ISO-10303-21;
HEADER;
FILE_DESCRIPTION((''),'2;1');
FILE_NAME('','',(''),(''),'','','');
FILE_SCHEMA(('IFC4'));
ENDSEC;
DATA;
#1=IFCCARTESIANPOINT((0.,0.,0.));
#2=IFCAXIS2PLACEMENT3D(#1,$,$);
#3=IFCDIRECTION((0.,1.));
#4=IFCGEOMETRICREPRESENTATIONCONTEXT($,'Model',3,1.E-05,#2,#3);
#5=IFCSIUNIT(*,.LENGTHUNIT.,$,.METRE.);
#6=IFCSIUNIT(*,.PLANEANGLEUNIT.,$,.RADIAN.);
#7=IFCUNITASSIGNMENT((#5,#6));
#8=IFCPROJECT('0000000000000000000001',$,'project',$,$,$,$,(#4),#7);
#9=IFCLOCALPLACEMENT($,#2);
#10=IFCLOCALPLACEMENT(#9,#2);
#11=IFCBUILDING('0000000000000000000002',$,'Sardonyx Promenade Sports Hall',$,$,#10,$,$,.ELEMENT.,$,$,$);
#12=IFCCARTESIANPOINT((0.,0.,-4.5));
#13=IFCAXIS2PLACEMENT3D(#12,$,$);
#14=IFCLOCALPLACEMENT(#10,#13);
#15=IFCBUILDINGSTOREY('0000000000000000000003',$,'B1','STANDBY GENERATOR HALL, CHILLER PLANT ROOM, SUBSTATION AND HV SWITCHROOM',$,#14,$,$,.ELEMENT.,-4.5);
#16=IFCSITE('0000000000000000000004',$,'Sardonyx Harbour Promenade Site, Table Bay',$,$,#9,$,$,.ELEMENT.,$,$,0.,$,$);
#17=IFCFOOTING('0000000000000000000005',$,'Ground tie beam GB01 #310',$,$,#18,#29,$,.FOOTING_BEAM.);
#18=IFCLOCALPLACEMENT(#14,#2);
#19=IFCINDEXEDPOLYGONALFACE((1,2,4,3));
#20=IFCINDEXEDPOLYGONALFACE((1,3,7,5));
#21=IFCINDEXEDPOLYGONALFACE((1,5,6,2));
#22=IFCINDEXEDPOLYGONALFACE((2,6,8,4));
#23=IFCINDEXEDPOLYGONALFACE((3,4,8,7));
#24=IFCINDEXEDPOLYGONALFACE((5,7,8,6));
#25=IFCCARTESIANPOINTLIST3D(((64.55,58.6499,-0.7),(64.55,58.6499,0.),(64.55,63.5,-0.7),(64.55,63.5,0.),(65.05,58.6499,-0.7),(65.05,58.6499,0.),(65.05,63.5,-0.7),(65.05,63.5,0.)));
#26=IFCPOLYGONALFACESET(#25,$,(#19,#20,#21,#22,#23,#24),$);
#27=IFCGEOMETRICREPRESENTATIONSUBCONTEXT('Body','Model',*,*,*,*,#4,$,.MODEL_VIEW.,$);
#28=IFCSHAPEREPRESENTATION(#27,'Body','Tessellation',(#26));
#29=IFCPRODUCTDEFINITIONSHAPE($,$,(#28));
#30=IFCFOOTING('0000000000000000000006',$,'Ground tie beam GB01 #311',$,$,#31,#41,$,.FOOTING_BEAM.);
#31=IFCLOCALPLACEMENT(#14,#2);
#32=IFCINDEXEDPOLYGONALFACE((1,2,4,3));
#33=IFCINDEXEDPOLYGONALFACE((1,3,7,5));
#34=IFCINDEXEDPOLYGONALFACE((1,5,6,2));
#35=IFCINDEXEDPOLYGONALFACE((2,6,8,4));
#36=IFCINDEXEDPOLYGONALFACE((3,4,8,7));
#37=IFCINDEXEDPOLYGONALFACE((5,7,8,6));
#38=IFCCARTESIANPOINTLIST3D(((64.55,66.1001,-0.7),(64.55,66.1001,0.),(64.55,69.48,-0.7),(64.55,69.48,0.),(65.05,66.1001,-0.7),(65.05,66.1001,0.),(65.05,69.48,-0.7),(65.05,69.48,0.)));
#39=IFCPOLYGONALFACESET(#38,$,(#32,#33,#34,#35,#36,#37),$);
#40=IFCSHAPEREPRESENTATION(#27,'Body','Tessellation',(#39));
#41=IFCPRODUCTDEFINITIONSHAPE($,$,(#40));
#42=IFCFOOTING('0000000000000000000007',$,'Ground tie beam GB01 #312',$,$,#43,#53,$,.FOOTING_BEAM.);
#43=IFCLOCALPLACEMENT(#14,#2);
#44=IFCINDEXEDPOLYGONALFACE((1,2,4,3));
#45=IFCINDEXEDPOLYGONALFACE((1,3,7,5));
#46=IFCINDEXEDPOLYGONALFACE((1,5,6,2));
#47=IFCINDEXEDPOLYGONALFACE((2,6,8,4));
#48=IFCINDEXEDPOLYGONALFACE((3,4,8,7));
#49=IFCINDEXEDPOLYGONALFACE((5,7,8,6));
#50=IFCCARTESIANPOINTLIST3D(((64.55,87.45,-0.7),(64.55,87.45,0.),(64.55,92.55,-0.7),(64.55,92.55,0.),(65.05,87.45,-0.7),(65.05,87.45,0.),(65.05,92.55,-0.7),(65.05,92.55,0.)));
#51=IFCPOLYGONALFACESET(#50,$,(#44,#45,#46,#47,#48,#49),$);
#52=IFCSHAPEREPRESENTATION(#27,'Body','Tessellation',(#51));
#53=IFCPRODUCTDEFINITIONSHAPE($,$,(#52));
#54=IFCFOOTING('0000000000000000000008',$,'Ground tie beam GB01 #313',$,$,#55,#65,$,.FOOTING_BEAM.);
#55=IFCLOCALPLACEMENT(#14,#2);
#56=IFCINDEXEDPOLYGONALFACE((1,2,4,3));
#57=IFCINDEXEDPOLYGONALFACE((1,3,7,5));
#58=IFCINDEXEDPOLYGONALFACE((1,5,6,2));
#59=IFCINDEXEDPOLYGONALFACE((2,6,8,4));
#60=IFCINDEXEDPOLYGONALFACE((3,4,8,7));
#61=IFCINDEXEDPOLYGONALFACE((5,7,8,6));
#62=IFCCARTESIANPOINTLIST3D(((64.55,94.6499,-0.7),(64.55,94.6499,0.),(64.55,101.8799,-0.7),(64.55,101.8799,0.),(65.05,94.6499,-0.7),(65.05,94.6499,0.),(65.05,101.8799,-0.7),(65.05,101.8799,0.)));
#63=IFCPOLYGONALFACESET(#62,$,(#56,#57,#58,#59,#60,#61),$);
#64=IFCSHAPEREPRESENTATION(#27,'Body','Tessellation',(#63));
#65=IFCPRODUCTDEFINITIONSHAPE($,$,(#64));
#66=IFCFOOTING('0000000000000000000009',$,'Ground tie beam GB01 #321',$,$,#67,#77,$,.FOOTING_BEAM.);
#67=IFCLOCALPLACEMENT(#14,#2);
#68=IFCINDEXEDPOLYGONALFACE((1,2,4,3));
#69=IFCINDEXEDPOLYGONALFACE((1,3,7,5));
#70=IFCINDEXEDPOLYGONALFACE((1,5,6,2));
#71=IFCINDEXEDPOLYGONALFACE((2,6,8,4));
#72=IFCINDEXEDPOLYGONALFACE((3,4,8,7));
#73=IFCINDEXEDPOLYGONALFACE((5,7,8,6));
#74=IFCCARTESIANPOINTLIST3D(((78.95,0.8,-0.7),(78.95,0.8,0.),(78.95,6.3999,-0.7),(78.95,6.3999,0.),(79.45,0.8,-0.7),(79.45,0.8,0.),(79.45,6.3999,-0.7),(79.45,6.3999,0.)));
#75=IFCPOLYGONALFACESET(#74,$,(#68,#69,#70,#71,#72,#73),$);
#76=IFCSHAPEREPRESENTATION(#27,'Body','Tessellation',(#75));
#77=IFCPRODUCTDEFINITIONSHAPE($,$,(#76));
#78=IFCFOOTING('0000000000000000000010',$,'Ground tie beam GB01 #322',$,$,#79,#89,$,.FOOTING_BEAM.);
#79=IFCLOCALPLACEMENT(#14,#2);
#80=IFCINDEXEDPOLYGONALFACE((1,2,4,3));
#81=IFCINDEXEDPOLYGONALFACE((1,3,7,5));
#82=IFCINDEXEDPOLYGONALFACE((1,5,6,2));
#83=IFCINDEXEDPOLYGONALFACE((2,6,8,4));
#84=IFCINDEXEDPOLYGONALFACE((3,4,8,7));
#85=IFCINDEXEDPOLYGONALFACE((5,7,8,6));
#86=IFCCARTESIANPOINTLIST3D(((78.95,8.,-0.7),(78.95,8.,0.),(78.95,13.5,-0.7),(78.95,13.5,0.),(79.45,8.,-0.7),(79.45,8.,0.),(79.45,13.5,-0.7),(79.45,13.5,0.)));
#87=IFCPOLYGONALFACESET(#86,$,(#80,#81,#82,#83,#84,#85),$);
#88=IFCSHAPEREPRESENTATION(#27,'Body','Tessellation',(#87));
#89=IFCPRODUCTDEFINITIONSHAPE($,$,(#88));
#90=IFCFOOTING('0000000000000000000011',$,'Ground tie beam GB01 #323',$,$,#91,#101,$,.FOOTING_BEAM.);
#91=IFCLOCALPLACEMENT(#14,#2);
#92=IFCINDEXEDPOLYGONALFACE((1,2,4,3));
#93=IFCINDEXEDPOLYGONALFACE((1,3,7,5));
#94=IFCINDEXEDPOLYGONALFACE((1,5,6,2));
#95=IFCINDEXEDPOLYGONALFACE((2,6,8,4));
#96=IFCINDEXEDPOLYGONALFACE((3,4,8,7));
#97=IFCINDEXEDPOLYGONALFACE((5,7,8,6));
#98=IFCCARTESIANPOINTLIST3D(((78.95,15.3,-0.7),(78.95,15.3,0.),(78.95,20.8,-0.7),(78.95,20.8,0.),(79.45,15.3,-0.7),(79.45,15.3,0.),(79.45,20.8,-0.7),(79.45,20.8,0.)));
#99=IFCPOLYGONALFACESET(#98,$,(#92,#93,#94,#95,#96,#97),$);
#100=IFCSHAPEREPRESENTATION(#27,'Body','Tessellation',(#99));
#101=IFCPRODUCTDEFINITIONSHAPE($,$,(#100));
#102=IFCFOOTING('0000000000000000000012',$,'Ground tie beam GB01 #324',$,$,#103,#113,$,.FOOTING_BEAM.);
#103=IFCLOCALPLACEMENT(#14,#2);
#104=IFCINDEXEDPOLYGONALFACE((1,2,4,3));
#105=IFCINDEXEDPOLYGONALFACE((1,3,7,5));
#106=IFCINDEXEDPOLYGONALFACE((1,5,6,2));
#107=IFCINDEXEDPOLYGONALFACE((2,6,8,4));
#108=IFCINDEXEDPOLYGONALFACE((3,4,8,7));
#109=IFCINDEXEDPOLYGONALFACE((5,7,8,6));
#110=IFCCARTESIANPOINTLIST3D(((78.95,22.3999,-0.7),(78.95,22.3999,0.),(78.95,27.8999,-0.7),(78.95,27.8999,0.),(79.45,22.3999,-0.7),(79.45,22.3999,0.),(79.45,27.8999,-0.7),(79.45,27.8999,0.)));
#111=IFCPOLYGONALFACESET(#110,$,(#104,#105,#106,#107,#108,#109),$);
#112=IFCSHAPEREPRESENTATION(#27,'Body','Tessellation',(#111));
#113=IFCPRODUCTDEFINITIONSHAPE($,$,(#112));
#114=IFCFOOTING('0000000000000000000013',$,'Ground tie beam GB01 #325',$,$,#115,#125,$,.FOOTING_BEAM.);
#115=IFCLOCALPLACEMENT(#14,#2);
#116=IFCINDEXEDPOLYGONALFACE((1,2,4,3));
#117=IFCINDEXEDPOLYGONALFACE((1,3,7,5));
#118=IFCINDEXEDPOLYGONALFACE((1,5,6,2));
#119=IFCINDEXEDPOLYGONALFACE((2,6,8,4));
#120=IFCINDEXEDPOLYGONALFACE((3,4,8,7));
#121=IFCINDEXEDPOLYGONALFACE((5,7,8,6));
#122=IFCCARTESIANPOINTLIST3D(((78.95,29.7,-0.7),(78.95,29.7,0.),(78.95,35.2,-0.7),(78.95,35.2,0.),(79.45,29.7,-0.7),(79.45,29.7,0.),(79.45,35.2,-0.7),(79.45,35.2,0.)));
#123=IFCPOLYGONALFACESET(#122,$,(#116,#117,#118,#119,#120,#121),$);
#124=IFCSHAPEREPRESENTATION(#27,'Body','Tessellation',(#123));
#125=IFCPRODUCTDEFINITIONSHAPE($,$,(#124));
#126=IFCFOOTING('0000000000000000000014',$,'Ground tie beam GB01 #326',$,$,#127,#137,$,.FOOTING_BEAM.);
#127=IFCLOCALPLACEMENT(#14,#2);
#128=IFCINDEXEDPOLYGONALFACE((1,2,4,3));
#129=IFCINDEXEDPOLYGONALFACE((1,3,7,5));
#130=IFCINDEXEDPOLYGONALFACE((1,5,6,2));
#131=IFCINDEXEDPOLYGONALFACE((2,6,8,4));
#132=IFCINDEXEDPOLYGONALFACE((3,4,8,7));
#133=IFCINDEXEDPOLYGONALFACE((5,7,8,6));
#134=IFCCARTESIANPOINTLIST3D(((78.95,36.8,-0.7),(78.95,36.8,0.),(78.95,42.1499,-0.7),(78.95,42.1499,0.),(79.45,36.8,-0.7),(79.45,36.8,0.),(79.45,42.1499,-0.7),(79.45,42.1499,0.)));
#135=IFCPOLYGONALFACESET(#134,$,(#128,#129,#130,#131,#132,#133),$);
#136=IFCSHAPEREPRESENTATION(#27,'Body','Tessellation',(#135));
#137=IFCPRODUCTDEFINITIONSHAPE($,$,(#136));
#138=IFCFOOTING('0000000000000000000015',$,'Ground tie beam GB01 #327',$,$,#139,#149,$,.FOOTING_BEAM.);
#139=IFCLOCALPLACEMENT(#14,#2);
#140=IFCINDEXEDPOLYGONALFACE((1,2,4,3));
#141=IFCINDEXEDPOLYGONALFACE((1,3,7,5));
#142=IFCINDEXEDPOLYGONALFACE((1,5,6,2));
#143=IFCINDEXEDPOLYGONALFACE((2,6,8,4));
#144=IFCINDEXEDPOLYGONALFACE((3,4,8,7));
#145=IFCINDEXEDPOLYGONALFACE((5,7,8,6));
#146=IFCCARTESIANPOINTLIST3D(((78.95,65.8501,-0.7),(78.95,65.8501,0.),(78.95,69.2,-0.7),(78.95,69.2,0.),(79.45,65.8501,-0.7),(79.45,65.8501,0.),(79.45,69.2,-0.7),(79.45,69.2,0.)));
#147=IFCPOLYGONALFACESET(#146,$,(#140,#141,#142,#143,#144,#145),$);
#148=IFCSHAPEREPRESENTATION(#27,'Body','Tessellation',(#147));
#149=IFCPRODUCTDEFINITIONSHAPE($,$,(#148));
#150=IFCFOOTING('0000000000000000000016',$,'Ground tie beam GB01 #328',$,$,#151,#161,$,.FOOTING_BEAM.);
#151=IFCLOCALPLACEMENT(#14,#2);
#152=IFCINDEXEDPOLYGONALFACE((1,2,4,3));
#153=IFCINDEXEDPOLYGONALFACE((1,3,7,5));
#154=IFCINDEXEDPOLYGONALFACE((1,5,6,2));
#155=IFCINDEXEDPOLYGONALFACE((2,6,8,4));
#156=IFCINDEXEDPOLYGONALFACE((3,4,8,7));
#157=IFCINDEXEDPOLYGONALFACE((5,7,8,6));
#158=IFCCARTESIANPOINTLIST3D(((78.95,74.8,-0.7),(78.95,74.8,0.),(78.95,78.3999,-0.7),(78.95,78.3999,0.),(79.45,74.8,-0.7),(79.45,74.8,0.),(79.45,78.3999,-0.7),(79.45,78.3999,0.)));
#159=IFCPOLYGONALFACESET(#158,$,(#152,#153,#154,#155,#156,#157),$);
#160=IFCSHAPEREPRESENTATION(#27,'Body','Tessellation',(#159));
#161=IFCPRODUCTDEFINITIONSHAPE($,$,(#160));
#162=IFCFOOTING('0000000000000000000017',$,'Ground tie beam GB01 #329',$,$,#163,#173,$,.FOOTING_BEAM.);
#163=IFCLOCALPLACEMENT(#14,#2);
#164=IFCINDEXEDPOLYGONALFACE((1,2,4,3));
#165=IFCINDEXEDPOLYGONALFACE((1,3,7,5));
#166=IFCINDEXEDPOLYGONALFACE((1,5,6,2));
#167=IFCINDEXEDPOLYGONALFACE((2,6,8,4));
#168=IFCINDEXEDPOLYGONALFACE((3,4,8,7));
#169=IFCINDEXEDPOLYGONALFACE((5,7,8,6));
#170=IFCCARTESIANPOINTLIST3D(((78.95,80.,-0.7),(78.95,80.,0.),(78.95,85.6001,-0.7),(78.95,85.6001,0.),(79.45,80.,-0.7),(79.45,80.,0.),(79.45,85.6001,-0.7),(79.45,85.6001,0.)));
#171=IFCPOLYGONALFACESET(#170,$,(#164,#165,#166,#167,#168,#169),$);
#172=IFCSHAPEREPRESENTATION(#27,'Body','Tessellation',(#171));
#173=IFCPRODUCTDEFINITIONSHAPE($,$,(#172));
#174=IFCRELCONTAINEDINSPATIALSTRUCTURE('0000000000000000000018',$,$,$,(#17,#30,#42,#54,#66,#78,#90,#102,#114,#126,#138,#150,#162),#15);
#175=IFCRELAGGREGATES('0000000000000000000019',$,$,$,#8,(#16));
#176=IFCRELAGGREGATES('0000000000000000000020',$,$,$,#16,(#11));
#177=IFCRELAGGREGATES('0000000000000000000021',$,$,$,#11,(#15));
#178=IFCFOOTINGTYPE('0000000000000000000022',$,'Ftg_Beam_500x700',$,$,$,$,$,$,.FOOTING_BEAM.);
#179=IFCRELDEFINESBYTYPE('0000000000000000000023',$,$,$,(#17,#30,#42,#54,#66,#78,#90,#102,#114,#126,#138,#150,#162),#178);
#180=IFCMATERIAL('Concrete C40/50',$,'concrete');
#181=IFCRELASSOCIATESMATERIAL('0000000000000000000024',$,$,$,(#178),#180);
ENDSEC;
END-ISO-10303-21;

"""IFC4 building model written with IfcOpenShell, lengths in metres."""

from ifc_helpers import new_model, si_unit, direction, frame, origin, place, context, subcontext, project, spatial, polyline, outline, extrude, material, type_object, element, save


model = new_model("IFC4")

# Units and contexts
model_context = context("Model", 3, precision=1e-05, world=origin(), true_north=direction((0.0, 1.0)))
body_context = subcontext(model_context, "Body", "Model", "MODEL_VIEW")
ifc_project = project(units=[si_unit("LENGTHUNIT", "METRE"), si_unit("PLANEANGLEUNIT", "RADIAN")], contexts=[model_context])

# Site, building, storey
site_placement = place(None, origin())
site = spatial("IfcSite", under=ifc_project, at=site_placement, Name="Sardonyx Harbour Promenade Site, Table Bay", CompositionType="ELEMENT", RefElevation=0.0)
building_placement = place(site_placement, origin())
building = spatial("IfcBuilding", under=site, at=building_placement, Name="Sardonyx Promenade Sports Hall", CompositionType="ELEMENT")
storey_placement = place(building_placement, frame((0.0, 0.0, -4.5)))
storey = spatial("IfcBuildingStorey", under=building, at=storey_placement, Name="B1", Description="STANDBY GENERATOR HALL, CHILLER PLANT ROOM, SUBSTATION AND HV SWITCHROOM", CompositionType="ELEMENT", Elevation=-4.5)

# Footings
ifc_material_1 = material(Name="Concrete C40/50", Category="concrete")
footing_type_1 = type_object("IfcFootingType", Name="Ftg_Beam_500x700", PredefinedType="FOOTING_BEAM", material=ifc_material_1)
footing_1_placement = place(storey_placement, frame((0.0, 0.0, -0.7)))
element("IfcFooting", 1, at=footing_1_placement, inside=storey, type_object=footing_type_1, Name="Ground tie beam GB01 #310", PredefinedType="FOOTING_BEAM", context=body_context, shape_type="SweptSolid", body=[
    extrude(outline(polyline([(64.55, 58.6499), (65.05, 58.6499), (65.05, 63.5), (64.55, 63.5), (64.55, 58.6499)])), origin(), (0.0, 0.0, 1.0), 0.7),
])
footing_2_placement = place(storey_placement, frame((0.0, 0.0, -0.7)))
element("IfcFooting", 2, at=footing_2_placement, inside=storey, type_object=footing_type_1, Name="Ground tie beam GB01 #311", PredefinedType="FOOTING_BEAM", context=body_context, shape_type="SweptSolid", body=[
    extrude(outline(polyline([(64.55, 66.1001), (65.05, 66.1001), (65.05, 69.48), (64.55, 69.48), (64.55, 66.1001)])), origin(), (0.0, 0.0, 1.0), 0.7),
])
footing_3_placement = place(storey_placement, frame((0.0, 0.0, -0.7)))
element("IfcFooting", 3, at=footing_3_placement, inside=storey, type_object=footing_type_1, Name="Ground tie beam GB01 #312", PredefinedType="FOOTING_BEAM", context=body_context, shape_type="SweptSolid", body=[
    extrude(outline(polyline([(64.55, 87.45), (65.05, 87.45), (65.05, 92.55), (64.55, 92.55), (64.55, 87.45)])), origin(), (0.0, 0.0, 1.0), 0.7),
])
footing_4_placement = place(storey_placement, frame((0.0, 0.0, -0.7)))
element("IfcFooting", 4, at=footing_4_placement, inside=storey, type_object=footing_type_1, Name="Ground tie beam GB01 #313", PredefinedType="FOOTING_BEAM", context=body_context, shape_type="SweptSolid", body=[
    extrude(outline(polyline([(64.55, 94.6499), (65.05, 94.6499), (65.05, 101.8799), (64.55, 101.8799), (64.55, 94.6499)])), origin(), (0.0, 0.0, 1.0), 0.7),
])
footing_5_placement = place(storey_placement, frame((0.0, 0.0, -0.7)))
element("IfcFooting", 5, at=footing_5_placement, inside=storey, type_object=footing_type_1, Name="Ground tie beam GB01 #321", PredefinedType="FOOTING_BEAM", context=body_context, shape_type="SweptSolid", body=[
    extrude(outline(polyline([(78.95, 0.8), (79.45, 0.8), (79.45, 6.3999), (78.95, 6.3999), (78.95, 0.8)])), origin(), (0.0, 0.0, 1.0), 0.7),
])
footing_6_placement = place(storey_placement, frame((0.0, 0.0, -0.7)))
element("IfcFooting", 6, at=footing_6_placement, inside=storey, type_object=footing_type_1, Name="Ground tie beam GB01 #322", PredefinedType="FOOTING_BEAM", context=body_context, shape_type="SweptSolid", body=[
    extrude(outline(polyline([(78.95, 8.0), (79.45, 8.0), (79.45, 13.5), (78.95, 13.5), (78.95, 8.0)])), origin(), (0.0, 0.0, 1.0), 0.7),
])
footing_7_placement = place(storey_placement, frame((0.0, 0.0, -0.7)))
element("IfcFooting", 7, at=footing_7_placement, inside=storey, type_object=footing_type_1, Name="Ground tie beam GB01 #323", PredefinedType="FOOTING_BEAM", context=body_context, shape_type="SweptSolid", body=[
    extrude(outline(polyline([(78.95, 15.3), (79.45, 15.3), (79.45, 20.8), (78.95, 20.8), (78.95, 15.3)])), origin(), (0.0, 0.0, 1.0), 0.7),
])
footing_8_placement = place(storey_placement, frame((0.0, 0.0, -0.7)))
element("IfcFooting", 8, at=footing_8_placement, inside=storey, type_object=footing_type_1, Name="Ground tie beam GB01 #324", PredefinedType="FOOTING_BEAM", context=body_context, shape_type="SweptSolid", body=[
    extrude(outline(polyline([(78.95, 22.3999), (79.45, 22.3999), (79.45, 27.8999), (78.95, 27.8999), (78.95, 22.3999)])), origin(), (0.0, 0.0, 1.0), 0.7),
])
footing_9_placement = place(storey_placement, frame((0.0, 0.0, -0.7)))
element("IfcFooting", 9, at=footing_9_placement, inside=storey, type_object=footing_type_1, Name="Ground tie beam GB01 #325", PredefinedType="FOOTING_BEAM", context=body_context, shape_type="SweptSolid", body=[
    extrude(outline(polyline([(78.95, 29.7), (79.45, 29.7), (79.45, 35.2), (78.95, 35.2), (78.95, 29.7)])), origin(), (0.0, 0.0, 1.0), 0.7),
])
footing_10_placement = place(storey_placement, frame((0.0, 0.0, -0.7)))
element("IfcFooting", 10, at=footing_10_placement, inside=storey, type_object=footing_type_1, Name="Ground tie beam GB01 #326", PredefinedType="FOOTING_BEAM", context=body_context, shape_type="SweptSolid", body=[
    extrude(outline(polyline([(78.95, 36.8), (79.45, 36.8), (79.45, 42.1499), (78.95, 42.1499), (78.95, 36.8)])), origin(), (0.0, 0.0, 1.0), 0.7),
])
footing_11_placement = place(storey_placement, frame((0.0, 0.0, -0.7)))
element("IfcFooting", 11, at=footing_11_placement, inside=storey, type_object=footing_type_1, Name="Ground tie beam GB01 #327", PredefinedType="FOOTING_BEAM", context=body_context, shape_type="SweptSolid", body=[
    extrude(outline(polyline([(78.95, 65.8501), (79.45, 65.8501), (79.45, 69.2), (78.95, 69.2), (78.95, 65.8501)])), origin(), (0.0, 0.0, 1.0), 0.7),
])
footing_12_placement = place(storey_placement, frame((0.0, 0.0, -0.7)))
element("IfcFooting", 12, at=footing_12_placement, inside=storey, type_object=footing_type_1, Name="Ground tie beam GB01 #328", PredefinedType="FOOTING_BEAM", context=body_context, shape_type="SweptSolid", body=[
    extrude(outline(polyline([(78.95, 74.8), (79.45, 74.8), (79.45, 78.3999), (78.95, 78.3999), (78.95, 74.8)])), origin(), (0.0, 0.0, 1.0), 0.7),
])
footing_13_placement = place(storey_placement, frame((0.0, 0.0, -0.7)))
element("IfcFooting", 13, at=footing_13_placement, inside=storey, type_object=footing_type_1, Name="Ground tie beam GB01 #329", PredefinedType="FOOTING_BEAM", context=body_context, shape_type="SweptSolid", body=[
    extrude(outline(polyline([(78.95, 80.0), (79.45, 80.0), (79.45, 85.6001), (78.95, 85.6001), (78.95, 80.0)])), origin(), (0.0, 0.0, 1.0), 0.7),
])

save(model, "model.ifc")
